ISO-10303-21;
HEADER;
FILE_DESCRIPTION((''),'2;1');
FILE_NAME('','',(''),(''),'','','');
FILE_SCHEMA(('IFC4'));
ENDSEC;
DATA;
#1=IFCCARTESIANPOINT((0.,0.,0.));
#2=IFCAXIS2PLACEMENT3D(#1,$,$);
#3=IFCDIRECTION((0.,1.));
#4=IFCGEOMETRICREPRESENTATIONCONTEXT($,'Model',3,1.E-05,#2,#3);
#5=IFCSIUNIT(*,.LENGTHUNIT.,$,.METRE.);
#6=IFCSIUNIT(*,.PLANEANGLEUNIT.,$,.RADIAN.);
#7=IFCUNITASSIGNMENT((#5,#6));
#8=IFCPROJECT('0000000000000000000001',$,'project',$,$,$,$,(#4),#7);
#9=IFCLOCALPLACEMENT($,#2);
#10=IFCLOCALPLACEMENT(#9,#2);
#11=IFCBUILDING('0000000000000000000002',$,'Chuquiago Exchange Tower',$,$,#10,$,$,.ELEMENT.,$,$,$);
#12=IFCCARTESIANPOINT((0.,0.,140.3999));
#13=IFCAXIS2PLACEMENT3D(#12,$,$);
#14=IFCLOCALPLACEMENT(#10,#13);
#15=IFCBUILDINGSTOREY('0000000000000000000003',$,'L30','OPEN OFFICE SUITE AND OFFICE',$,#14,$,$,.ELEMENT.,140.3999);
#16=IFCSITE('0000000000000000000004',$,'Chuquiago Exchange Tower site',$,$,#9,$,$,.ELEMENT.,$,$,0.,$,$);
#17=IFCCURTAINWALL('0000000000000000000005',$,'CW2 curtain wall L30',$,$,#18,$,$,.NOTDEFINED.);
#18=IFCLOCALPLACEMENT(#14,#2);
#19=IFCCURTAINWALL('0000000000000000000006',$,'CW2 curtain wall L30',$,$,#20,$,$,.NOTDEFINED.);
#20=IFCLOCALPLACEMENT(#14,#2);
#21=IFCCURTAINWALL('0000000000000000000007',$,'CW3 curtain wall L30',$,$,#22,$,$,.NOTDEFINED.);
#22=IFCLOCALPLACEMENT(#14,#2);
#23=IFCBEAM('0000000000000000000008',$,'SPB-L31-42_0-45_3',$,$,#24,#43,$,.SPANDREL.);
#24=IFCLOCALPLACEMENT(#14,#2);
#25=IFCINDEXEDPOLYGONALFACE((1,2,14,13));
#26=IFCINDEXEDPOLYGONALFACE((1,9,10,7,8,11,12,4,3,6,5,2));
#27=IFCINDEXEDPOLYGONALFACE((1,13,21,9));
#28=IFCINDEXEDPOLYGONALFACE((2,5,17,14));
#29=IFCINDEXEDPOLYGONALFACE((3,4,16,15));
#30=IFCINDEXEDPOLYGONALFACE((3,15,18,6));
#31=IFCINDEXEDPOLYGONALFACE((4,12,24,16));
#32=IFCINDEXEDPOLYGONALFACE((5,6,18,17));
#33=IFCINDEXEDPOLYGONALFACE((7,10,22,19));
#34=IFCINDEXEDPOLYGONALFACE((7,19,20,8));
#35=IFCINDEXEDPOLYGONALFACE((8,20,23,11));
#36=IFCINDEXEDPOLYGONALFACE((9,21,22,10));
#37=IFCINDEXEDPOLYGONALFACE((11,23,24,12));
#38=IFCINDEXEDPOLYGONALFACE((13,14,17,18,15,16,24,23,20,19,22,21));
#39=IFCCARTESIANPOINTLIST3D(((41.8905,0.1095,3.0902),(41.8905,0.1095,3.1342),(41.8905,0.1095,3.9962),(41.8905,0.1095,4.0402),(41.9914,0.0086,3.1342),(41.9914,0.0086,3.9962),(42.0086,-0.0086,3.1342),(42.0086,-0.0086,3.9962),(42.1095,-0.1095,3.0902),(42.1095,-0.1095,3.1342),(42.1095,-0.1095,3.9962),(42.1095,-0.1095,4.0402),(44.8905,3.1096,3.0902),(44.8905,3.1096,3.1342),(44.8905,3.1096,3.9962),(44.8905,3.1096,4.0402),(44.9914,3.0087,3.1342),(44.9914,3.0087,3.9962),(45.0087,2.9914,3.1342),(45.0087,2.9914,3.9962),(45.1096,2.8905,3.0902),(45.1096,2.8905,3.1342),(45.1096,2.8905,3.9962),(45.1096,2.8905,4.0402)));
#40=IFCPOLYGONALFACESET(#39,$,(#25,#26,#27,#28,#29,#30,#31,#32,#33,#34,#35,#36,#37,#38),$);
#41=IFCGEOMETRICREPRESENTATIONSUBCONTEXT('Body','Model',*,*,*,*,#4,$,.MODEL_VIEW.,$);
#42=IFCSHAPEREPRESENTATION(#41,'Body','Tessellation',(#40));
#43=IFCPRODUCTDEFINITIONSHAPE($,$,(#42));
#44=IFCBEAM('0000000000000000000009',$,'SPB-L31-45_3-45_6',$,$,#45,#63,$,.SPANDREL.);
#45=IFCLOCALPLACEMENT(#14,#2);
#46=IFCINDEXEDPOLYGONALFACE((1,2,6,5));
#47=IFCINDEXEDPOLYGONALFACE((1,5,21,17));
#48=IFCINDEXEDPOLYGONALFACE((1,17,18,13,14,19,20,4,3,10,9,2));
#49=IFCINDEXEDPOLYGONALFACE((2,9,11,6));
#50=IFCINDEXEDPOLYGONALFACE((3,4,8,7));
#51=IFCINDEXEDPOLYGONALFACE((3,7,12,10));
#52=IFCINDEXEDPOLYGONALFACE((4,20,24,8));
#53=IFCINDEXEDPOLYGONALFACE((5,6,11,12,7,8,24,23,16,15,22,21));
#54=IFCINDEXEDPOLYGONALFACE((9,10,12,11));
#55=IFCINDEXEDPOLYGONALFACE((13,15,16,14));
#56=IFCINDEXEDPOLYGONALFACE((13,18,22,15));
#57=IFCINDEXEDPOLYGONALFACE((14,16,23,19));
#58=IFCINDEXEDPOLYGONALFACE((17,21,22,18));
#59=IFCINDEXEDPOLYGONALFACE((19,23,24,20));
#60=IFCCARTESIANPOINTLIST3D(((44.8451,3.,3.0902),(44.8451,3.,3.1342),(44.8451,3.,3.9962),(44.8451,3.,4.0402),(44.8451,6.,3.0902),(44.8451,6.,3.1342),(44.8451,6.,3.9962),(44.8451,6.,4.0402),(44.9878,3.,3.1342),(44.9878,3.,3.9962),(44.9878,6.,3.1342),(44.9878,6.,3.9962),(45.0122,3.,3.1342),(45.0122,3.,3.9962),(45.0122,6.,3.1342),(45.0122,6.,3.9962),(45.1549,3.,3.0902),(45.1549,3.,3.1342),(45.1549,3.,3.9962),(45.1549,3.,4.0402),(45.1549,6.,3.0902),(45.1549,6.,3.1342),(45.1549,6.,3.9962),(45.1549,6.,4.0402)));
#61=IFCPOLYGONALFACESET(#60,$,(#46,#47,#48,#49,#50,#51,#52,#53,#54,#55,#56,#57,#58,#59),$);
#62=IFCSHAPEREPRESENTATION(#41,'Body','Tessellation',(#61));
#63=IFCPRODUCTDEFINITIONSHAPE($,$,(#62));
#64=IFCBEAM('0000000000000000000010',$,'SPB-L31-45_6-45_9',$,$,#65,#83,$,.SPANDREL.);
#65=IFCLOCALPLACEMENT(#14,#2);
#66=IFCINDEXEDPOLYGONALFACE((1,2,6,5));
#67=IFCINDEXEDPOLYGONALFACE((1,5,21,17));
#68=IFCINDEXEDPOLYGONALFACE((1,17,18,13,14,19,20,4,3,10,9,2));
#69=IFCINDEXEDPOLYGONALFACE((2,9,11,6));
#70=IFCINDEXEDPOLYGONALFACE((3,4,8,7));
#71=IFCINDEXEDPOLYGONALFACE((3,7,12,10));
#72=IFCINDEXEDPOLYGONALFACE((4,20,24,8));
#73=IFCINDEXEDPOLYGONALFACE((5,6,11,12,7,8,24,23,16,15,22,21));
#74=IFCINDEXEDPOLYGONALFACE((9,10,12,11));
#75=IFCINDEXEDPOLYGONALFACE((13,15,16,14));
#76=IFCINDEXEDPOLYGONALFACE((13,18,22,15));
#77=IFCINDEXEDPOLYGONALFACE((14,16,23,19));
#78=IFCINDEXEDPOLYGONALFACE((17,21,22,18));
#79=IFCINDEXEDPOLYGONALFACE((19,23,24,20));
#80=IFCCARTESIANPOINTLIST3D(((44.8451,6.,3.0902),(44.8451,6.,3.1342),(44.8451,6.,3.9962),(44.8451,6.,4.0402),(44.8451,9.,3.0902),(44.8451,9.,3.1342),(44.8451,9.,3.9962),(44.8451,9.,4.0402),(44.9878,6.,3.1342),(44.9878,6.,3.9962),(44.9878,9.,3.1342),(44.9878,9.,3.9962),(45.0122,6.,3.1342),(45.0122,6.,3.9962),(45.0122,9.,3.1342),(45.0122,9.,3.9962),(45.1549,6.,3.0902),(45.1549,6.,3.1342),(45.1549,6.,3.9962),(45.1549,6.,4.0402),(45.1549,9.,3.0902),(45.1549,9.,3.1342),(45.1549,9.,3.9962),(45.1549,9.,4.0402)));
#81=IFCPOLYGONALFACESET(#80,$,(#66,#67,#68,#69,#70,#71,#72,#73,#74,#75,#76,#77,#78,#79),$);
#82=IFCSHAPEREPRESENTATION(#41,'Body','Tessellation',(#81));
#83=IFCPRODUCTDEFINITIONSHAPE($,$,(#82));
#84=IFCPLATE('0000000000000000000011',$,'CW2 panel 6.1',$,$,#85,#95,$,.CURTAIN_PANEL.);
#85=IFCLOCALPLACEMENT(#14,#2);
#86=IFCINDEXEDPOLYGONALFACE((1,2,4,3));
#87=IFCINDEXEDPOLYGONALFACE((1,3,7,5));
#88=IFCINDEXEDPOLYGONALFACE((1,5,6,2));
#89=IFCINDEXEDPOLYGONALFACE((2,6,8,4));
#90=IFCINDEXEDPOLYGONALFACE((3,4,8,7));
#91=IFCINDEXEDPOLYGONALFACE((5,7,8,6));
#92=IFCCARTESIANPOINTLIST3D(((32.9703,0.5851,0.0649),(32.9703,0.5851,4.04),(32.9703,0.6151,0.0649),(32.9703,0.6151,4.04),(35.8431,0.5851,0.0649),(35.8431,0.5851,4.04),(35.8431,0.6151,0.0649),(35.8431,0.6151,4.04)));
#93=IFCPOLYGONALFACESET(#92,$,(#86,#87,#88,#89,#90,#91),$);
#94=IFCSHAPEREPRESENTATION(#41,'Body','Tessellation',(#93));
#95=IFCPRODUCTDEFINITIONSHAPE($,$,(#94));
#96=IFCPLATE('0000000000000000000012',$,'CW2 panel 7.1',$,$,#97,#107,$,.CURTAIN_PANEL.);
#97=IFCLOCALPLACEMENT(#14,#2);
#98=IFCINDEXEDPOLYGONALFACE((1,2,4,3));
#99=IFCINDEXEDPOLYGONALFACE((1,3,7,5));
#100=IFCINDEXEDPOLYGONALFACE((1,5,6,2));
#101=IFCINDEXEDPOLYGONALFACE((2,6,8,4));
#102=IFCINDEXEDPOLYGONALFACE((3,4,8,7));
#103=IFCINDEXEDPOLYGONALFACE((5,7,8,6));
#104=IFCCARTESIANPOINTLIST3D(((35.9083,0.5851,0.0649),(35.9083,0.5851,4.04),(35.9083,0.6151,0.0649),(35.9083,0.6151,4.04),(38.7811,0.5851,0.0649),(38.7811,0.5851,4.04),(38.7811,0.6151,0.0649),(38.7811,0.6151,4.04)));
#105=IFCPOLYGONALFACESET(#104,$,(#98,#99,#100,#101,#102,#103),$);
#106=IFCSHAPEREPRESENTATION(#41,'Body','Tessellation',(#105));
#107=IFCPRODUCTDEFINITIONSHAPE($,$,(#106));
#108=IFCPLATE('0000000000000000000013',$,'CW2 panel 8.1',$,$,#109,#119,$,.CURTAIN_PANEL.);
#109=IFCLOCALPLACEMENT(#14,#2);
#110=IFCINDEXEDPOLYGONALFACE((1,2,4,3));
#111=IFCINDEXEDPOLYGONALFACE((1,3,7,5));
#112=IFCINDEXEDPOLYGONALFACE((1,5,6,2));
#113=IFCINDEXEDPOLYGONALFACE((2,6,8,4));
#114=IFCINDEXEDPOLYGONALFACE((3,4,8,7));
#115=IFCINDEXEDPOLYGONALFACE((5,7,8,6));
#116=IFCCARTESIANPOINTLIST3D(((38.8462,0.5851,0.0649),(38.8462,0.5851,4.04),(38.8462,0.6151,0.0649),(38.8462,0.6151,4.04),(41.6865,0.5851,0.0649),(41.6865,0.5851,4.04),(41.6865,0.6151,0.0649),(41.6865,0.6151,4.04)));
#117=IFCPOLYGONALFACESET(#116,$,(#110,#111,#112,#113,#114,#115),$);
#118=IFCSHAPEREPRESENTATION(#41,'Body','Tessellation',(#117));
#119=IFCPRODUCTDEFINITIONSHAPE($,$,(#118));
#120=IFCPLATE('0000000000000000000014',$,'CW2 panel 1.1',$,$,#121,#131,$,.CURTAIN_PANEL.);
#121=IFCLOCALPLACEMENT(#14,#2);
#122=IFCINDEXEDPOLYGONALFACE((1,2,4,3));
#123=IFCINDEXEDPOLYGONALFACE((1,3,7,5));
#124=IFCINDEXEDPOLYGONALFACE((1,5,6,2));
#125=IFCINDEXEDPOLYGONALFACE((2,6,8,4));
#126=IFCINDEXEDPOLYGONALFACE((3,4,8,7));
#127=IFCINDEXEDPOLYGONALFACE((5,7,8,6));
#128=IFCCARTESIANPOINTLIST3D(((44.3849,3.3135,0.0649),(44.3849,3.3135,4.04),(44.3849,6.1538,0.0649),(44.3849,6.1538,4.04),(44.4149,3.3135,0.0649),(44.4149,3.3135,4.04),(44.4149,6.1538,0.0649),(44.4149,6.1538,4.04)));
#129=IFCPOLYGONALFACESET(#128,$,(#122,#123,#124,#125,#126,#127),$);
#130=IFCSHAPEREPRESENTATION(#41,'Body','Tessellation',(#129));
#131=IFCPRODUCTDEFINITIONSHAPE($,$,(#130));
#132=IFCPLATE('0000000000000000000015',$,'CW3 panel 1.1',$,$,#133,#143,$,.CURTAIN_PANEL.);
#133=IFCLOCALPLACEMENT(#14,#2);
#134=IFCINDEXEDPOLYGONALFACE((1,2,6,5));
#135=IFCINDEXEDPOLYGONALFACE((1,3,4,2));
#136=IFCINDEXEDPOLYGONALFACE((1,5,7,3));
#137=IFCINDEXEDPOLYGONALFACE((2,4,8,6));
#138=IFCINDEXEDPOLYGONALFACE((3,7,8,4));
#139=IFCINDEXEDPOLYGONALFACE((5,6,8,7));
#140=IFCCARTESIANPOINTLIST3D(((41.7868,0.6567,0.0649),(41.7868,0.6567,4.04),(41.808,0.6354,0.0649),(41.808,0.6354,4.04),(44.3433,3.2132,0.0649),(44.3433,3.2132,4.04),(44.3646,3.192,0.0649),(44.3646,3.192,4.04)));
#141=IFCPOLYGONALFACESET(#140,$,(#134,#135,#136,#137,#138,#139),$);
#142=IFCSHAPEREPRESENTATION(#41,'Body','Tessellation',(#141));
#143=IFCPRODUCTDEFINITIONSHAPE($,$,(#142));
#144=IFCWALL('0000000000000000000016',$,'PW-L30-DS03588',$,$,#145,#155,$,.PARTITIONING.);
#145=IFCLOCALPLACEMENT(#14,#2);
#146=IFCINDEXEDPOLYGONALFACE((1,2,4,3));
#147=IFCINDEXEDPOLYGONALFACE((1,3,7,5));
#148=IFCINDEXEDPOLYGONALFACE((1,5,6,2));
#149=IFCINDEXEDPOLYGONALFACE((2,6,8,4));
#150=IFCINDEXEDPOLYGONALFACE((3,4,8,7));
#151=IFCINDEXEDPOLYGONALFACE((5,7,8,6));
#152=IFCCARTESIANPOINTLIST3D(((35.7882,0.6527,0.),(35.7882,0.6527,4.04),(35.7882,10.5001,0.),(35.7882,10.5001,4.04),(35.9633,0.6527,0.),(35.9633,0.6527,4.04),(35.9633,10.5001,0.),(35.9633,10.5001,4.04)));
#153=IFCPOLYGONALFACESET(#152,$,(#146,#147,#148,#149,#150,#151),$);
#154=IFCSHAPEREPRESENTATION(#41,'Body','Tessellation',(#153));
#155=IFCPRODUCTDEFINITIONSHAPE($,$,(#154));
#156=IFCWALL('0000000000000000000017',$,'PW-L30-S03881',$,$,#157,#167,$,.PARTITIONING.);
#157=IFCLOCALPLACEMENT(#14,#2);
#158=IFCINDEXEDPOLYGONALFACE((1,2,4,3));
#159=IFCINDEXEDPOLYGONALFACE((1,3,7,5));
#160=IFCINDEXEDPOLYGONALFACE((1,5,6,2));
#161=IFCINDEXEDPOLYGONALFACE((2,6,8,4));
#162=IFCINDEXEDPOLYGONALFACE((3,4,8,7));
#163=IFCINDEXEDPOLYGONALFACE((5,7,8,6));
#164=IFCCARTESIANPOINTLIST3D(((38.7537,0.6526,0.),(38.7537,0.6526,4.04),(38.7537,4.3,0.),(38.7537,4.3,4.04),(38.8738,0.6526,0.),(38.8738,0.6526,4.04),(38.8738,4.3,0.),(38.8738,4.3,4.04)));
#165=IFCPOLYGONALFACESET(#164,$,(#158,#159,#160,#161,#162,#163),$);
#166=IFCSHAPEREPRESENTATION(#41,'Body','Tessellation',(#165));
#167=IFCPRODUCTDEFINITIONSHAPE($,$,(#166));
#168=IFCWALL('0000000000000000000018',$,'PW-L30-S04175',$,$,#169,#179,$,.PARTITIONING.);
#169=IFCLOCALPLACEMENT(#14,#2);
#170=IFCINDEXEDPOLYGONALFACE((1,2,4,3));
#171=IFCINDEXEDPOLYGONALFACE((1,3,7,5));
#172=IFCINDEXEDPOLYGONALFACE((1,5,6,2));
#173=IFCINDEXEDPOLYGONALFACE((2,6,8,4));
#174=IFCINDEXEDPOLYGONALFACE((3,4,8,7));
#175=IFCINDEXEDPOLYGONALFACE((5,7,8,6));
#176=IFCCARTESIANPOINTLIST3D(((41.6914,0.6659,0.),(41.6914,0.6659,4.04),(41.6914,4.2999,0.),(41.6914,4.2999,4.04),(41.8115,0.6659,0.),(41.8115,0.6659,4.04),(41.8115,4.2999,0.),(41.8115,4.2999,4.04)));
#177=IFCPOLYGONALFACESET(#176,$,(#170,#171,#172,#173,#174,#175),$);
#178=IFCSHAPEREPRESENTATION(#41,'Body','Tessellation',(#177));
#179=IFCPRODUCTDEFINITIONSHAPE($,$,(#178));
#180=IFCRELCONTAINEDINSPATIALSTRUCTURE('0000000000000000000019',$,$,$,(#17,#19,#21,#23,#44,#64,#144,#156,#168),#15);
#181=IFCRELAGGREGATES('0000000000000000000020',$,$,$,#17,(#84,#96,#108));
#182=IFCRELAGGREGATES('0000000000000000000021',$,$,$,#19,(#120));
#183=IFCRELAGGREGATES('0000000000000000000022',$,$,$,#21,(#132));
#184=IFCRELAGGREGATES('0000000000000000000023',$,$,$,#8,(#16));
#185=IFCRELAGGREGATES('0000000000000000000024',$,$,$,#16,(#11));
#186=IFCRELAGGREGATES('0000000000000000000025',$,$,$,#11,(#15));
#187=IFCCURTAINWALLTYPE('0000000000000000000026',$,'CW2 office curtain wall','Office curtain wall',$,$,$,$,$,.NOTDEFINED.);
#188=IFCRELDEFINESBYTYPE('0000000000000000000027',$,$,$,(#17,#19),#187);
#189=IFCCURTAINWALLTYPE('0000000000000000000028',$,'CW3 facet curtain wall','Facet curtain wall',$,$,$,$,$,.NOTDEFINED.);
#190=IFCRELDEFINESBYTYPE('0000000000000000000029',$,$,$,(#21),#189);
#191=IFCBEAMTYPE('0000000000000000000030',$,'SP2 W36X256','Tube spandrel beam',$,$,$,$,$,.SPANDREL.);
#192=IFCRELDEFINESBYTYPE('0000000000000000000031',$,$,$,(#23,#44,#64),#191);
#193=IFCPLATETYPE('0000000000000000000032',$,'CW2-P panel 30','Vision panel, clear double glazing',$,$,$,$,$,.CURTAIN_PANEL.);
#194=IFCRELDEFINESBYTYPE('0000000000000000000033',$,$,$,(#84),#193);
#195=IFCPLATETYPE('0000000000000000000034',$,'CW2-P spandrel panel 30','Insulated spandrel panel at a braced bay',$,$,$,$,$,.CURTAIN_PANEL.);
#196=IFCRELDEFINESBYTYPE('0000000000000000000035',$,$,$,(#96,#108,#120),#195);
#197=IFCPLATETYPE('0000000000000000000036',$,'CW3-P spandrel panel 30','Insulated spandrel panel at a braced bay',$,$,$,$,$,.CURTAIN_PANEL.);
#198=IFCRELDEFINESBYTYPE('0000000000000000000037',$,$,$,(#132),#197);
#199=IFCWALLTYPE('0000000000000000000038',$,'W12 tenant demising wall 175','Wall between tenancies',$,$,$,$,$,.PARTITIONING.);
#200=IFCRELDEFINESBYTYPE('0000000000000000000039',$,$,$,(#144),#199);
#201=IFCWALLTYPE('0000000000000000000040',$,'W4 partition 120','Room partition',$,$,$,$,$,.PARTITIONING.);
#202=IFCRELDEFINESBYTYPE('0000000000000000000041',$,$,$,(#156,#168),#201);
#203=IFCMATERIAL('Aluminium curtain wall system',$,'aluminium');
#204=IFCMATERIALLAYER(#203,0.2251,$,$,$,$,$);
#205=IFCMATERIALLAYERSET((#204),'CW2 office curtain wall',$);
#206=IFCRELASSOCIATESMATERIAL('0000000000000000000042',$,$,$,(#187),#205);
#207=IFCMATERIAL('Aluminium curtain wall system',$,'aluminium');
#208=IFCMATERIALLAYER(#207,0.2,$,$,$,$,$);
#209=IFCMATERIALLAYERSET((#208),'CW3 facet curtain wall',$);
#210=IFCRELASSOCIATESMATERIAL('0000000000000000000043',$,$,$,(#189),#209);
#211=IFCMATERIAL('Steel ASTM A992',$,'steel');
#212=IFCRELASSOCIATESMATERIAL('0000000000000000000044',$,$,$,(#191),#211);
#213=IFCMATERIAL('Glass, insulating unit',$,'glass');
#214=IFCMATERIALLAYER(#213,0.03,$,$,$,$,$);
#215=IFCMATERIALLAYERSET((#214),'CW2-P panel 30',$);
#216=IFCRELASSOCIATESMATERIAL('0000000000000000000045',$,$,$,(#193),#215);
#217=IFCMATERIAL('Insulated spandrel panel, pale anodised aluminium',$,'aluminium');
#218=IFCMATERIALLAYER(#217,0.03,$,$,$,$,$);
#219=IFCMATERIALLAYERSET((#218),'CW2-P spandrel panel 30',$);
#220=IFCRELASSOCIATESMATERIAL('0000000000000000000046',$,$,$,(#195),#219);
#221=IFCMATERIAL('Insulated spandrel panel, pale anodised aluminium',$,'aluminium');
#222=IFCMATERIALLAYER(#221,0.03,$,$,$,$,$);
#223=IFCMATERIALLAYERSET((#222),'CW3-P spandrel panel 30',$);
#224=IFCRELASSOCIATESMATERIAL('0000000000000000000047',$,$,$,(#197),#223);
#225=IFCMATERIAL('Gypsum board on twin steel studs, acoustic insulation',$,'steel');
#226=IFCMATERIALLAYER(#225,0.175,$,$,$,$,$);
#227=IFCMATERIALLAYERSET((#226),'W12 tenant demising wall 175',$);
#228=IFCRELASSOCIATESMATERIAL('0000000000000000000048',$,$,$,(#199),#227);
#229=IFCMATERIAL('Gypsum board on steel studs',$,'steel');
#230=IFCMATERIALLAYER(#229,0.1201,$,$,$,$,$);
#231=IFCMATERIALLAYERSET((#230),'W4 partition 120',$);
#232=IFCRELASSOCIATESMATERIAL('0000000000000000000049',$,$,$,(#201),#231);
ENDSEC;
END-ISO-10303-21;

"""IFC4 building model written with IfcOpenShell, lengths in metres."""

from ifc_helpers import new_model, si_unit, direction, frame, frame_2d, origin, origin_2d, place, context, subcontext, project, spatial, rectangle, i_section, extrude, material, layer, layer_set, material_profile, profile_set, type_object, element, aggregate, save


model = new_model("IFC4")

# Units and contexts
model_context = context("Model", 3, precision=1e-05, world=origin(), true_north=direction((0.0, 1.0)))
body_context = subcontext(model_context, "Body", "Model", "MODEL_VIEW")
ifc_project = project(units=[si_unit("LENGTHUNIT", "METRE"), si_unit("PLANEANGLEUNIT", "RADIAN")], contexts=[model_context])

# Site, building, storey
site_placement = place(None, origin())
site = spatial("IfcSite", under=ifc_project, at=site_placement, Name="Chuquiago Exchange Tower site", CompositionType="ELEMENT", RefElevation=0.0)
building_placement = place(site_placement, origin())
building = spatial("IfcBuilding", under=site, at=building_placement, Name="Chuquiago Exchange Tower", CompositionType="ELEMENT")
storey_placement = place(building_placement, frame((0.0, 0.0, 140.3999)))
storey = spatial("IfcBuildingStorey", under=building, at=storey_placement, Name="L30", Description="OPEN OFFICE SUITE AND OFFICE", CompositionType="ELEMENT", Elevation=140.3999)

# Curtain walls
ifc_material_1 = material(Name="Aluminium curtain wall system", Category="aluminium")
ifc_layer_1 = layer(ifc_material_1, 0.2251)
ifc_layer_set_1 = layer_set([ifc_layer_1], Name="CW2 office curtain wall")
curtain_wall_type_1 = type_object("IfcCurtainWallType", Name="CW2 office curtain wall", Description="Office curtain wall", PredefinedType="NOTDEFINED", material=ifc_layer_set_1)
curtain_wall_1_placement = place(storey_placement, origin())
curtain_wall_1 = element("IfcCurtainWall", 1, at=curtain_wall_1_placement, inside=storey, type_object=curtain_wall_type_1, Name="CW2 curtain wall L30", PredefinedType="NOTDEFINED")
curtain_wall_2_placement = place(storey_placement, origin())
curtain_wall_2 = element("IfcCurtainWall", 2, at=curtain_wall_2_placement, inside=storey, type_object=curtain_wall_type_1, Name="CW2 curtain wall L30", PredefinedType="NOTDEFINED")

# Curtain wall
ifc_material_2 = material(Name="Aluminium curtain wall system", Category="aluminium")
ifc_layer_2 = layer(ifc_material_2, 0.2)
ifc_layer_set_2 = layer_set([ifc_layer_2], Name="CW3 facet curtain wall")
curtain_wall_type_2 = type_object("IfcCurtainWallType", Name="CW3 facet curtain wall", Description="Facet curtain wall", PredefinedType="NOTDEFINED", material=ifc_layer_set_2)
curtain_wall_3_placement = place(storey_placement, origin())
curtain_wall_3 = element("IfcCurtainWall", 3, at=curtain_wall_3_placement, inside=storey, type_object=curtain_wall_type_2, Name="CW3 curtain wall L30", PredefinedType="NOTDEFINED")

# Beams
ifc_material_3 = material(Name="Steel ASTM A992", Category="steel")
ifc_material_profile_1 = material_profile(ifc_material_3, i_section(OverallWidth=0.3098, OverallDepth=0.95, WebThickness=0.0244, FlangeThickness=0.0439, at=origin_2d()), Name="W36X256")
ifc_profile_set_1 = profile_set([ifc_material_profile_1], Name="Steel ASTM A992")
beam_type = type_object("IfcBeamType", Name="SP2 W36X256", Description="Tube spandrel beam", PredefinedType="SPANDREL", material=ifc_profile_set_1)
beam_placement = place(storey_placement, frame((42.0, 0.0, 3.5652), z_axis=(0.707107, 0.707107, 0.0), x_axis=(-0.707107, 0.707107, 0.0)))
element("IfcBeam", 4, at=beam_placement, inside=storey, type_object=beam_type, Name="SPB-L31-42_0-45_3", PredefinedType="SPANDREL", context=body_context, shape_type="SweptSolid", body=[
    extrude(i_section(OverallWidth=0.3098, OverallDepth=0.95, WebThickness=0.0244, FlangeThickness=0.0439, at=origin_2d()), origin(), (0.0, 0.0, 1.0), 4.2427),
])
for number, where, z_axis, x_axis, name in (
    (5, (45.0, 3.0, 3.5652), (0.0, 1.0, 0.0), (-1.0, 0.0, 0.0), "SPB-L31-45_3-45_6"),
    (6, (45.0, 6.0, 3.5652), (0.0, 1.0, 0.0), (-1.0, 0.0, 0.0), "SPB-L31-45_6-45_9"),
):
    element("IfcBeam", number, at=place(storey_placement, frame(where, z_axis=z_axis, x_axis=x_axis)), inside=storey, type_object=beam_type, Name=name, PredefinedType="SPANDREL", context=body_context, shape_type="SweptSolid", body=[
        extrude(i_section(OverallWidth=0.3098, OverallDepth=0.95, WebThickness=0.0244, FlangeThickness=0.0439, at=origin_2d()), origin(), (0.0, 0.0, 1.0), 3.0),
    ])

# Plates
ifc_material_4 = material(Name="Glass, insulating unit", Category="glass")
ifc_layer_3 = layer(ifc_material_4, 0.03)
ifc_layer_set_3 = layer_set([ifc_layer_3], Name="CW2-P panel 30")
plate_type_1 = type_object("IfcPlateType", Name="CW2-P panel 30", Description="Vision panel, clear double glazing", PredefinedType="CURTAIN_PANEL", material=ifc_layer_set_3)
plate_1_placement = place(storey_placement, frame((34.4067, 0.6001, 0.0649), z_axis=(0.0, 0.0, 1.0), x_axis=(1.0, 0.0, 0.0)))
plate_1 = element("IfcPlate", 7, at=plate_1_placement, type_object=plate_type_1, Name="CW2 panel 6.1", PredefinedType="CURTAIN_PANEL", context=body_context, shape_type="SweptSolid", body=[
    extrude(rectangle(XDim=2.8728, YDim=0.03, at=origin_2d()), origin(), (0.0, 0.0, 1.0), 3.9751),
])
ifc_material_5 = material(Name="Insulated spandrel panel, pale anodised aluminium", Category="aluminium")
ifc_layer_4 = layer(ifc_material_5, 0.03)
ifc_layer_set_4 = layer_set([ifc_layer_4], Name="CW2-P spandrel panel 30")
plate_type_2 = type_object("IfcPlateType", Name="CW2-P spandrel panel 30", Description="Insulated spandrel panel at a braced bay", PredefinedType="CURTAIN_PANEL", material=ifc_layer_set_4)
plate_2_placement = place(storey_placement, frame((37.3447, 0.6001, 0.0649), z_axis=(0.0, 0.0, 1.0), x_axis=(1.0, 0.0, 0.0)))
plate_2 = element("IfcPlate", 8, at=plate_2_placement, type_object=plate_type_2, Name="CW2 panel 7.1", PredefinedType="CURTAIN_PANEL", context=body_context, shape_type="SweptSolid", body=[
    extrude(rectangle(XDim=2.8728, YDim=0.03, at=origin_2d()), origin(), (0.0, 0.0, 1.0), 3.9751),
])
plate_3_placement = place(storey_placement, frame((40.2664, 0.6001, 0.0649), z_axis=(0.0, 0.0, 1.0), x_axis=(1.0, 0.0, 0.0)))
plate_3 = element("IfcPlate", 9, at=plate_3_placement, type_object=plate_type_2, Name="CW2 panel 8.1", PredefinedType="CURTAIN_PANEL", context=body_context, shape_type="SweptSolid", body=[
    extrude(rectangle(XDim=2.8403, YDim=0.03, at=origin_2d()), origin(), (0.0, 0.0, 1.0), 3.9751),
])
aggregate(curtain_wall_1, [plate_1, plate_2, plate_3])
plate_4_placement = place(storey_placement, frame((44.3999, 4.7336, 0.0649), z_axis=(0.0, 0.0, 1.0), x_axis=(0.0, 1.0, 0.0)))
plate_4 = element("IfcPlate", 10, at=plate_4_placement, type_object=plate_type_2, Name="CW2 panel 1.1", PredefinedType="CURTAIN_PANEL", context=body_context, shape_type="SweptSolid", body=[
    extrude(rectangle(XDim=2.8403, YDim=0.03, at=origin_2d()), origin(), (0.0, 0.0, 1.0), 3.9751),
])
aggregate(curtain_wall_2, [plate_4])
ifc_material_6 = material(Name="Insulated spandrel panel, pale anodised aluminium", Category="aluminium")
ifc_layer_5 = layer(ifc_material_6, 0.03)
ifc_layer_set_5 = layer_set([ifc_layer_5], Name="CW3-P spandrel panel 30")
plate_type_3 = type_object("IfcPlateType", Name="CW3-P spandrel panel 30", Description="Insulated spandrel panel at a braced bay", PredefinedType="CURTAIN_PANEL", material=ifc_layer_set_5)
plate_5_placement = place(storey_placement, frame((43.0757, 1.9243, 0.0649), z_axis=(0.0, 0.0, 1.0), x_axis=(0.707107, 0.707107, 0.0)))
plate_5 = element("IfcPlate", 11, at=plate_5_placement, type_object=plate_type_3, Name="CW3 panel 1.1", PredefinedType="CURTAIN_PANEL", context=body_context, shape_type="SweptSolid", body=[
    extrude(rectangle(XDim=3.6155, YDim=0.03, at=origin_2d()), origin(), (0.0, 0.0, 1.0), 3.9751),
])
aggregate(curtain_wall_3, [plate_5])

# Walls
ifc_material_7 = material(Name="Gypsum board on twin steel studs, acoustic insulation", Category="steel")
ifc_layer_6 = layer(ifc_material_7, 0.175)
ifc_layer_set_6 = layer_set([ifc_layer_6], Name="W12 tenant demising wall 175")
wall_type_1 = type_object("IfcWallType", Name="W12 tenant demising wall 175", Description="Wall between tenancies", PredefinedType="PARTITIONING", material=ifc_layer_set_6)
wall_1_placement = place(storey_placement, frame((35.8757, 0.6526, 0.0), z_axis=(0.0, 0.0, 1.0), x_axis=(0.0, 1.0, 0.0)))
element("IfcWall", 12, at=wall_1_placement, inside=storey, type_object=wall_type_1, Name="PW-L30-DS03588", PredefinedType="PARTITIONING", context=body_context, shape_type="SweptSolid", body=[
    extrude(rectangle(XDim=9.8474, YDim=0.175, at=frame_2d((4.9238, 0.0))), origin(), (0.0, 0.0, 1.0), 4.04),
])
ifc_material_8 = material(Name="Gypsum board on steel studs", Category="steel")
ifc_layer_7 = layer(ifc_material_8, 0.1201)
ifc_layer_set_7 = layer_set([ifc_layer_7], Name="W4 partition 120")
wall_type_2 = type_object("IfcWallType", Name="W4 partition 120", Description="Room partition", PredefinedType="PARTITIONING", material=ifc_layer_set_7)
wall_2_placement = place(storey_placement, frame((38.8137, 0.6526, 0.0), z_axis=(0.0, 0.0, 1.0), x_axis=(0.0, 1.0, 0.0)))
element("IfcWall", 13, at=wall_2_placement, inside=storey, type_object=wall_type_2, Name="PW-L30-S03881", PredefinedType="PARTITIONING", context=body_context, shape_type="SweptSolid", body=[
    extrude(rectangle(XDim=3.6475, YDim=0.1201, at=frame_2d((1.8237, 0.0))), origin(), (0.0, 0.0, 1.0), 4.04),
])
wall_3_placement = place(storey_placement, frame((41.7515, 0.666, 0.0), z_axis=(0.0, 0.0, 1.0), x_axis=(0.0, 1.0, 0.0)))
element("IfcWall", 14, at=wall_3_placement, inside=storey, type_object=wall_type_2, Name="PW-L30-S04175", PredefinedType="PARTITIONING", context=body_context, shape_type="SweptSolid", body=[
    extrude(rectangle(XDim=3.634, YDim=0.1201, at=frame_2d((1.8169, 0.0))), origin(), (0.0, 0.0, 1.0), 4.04),
])

save(model, "model.ifc")
